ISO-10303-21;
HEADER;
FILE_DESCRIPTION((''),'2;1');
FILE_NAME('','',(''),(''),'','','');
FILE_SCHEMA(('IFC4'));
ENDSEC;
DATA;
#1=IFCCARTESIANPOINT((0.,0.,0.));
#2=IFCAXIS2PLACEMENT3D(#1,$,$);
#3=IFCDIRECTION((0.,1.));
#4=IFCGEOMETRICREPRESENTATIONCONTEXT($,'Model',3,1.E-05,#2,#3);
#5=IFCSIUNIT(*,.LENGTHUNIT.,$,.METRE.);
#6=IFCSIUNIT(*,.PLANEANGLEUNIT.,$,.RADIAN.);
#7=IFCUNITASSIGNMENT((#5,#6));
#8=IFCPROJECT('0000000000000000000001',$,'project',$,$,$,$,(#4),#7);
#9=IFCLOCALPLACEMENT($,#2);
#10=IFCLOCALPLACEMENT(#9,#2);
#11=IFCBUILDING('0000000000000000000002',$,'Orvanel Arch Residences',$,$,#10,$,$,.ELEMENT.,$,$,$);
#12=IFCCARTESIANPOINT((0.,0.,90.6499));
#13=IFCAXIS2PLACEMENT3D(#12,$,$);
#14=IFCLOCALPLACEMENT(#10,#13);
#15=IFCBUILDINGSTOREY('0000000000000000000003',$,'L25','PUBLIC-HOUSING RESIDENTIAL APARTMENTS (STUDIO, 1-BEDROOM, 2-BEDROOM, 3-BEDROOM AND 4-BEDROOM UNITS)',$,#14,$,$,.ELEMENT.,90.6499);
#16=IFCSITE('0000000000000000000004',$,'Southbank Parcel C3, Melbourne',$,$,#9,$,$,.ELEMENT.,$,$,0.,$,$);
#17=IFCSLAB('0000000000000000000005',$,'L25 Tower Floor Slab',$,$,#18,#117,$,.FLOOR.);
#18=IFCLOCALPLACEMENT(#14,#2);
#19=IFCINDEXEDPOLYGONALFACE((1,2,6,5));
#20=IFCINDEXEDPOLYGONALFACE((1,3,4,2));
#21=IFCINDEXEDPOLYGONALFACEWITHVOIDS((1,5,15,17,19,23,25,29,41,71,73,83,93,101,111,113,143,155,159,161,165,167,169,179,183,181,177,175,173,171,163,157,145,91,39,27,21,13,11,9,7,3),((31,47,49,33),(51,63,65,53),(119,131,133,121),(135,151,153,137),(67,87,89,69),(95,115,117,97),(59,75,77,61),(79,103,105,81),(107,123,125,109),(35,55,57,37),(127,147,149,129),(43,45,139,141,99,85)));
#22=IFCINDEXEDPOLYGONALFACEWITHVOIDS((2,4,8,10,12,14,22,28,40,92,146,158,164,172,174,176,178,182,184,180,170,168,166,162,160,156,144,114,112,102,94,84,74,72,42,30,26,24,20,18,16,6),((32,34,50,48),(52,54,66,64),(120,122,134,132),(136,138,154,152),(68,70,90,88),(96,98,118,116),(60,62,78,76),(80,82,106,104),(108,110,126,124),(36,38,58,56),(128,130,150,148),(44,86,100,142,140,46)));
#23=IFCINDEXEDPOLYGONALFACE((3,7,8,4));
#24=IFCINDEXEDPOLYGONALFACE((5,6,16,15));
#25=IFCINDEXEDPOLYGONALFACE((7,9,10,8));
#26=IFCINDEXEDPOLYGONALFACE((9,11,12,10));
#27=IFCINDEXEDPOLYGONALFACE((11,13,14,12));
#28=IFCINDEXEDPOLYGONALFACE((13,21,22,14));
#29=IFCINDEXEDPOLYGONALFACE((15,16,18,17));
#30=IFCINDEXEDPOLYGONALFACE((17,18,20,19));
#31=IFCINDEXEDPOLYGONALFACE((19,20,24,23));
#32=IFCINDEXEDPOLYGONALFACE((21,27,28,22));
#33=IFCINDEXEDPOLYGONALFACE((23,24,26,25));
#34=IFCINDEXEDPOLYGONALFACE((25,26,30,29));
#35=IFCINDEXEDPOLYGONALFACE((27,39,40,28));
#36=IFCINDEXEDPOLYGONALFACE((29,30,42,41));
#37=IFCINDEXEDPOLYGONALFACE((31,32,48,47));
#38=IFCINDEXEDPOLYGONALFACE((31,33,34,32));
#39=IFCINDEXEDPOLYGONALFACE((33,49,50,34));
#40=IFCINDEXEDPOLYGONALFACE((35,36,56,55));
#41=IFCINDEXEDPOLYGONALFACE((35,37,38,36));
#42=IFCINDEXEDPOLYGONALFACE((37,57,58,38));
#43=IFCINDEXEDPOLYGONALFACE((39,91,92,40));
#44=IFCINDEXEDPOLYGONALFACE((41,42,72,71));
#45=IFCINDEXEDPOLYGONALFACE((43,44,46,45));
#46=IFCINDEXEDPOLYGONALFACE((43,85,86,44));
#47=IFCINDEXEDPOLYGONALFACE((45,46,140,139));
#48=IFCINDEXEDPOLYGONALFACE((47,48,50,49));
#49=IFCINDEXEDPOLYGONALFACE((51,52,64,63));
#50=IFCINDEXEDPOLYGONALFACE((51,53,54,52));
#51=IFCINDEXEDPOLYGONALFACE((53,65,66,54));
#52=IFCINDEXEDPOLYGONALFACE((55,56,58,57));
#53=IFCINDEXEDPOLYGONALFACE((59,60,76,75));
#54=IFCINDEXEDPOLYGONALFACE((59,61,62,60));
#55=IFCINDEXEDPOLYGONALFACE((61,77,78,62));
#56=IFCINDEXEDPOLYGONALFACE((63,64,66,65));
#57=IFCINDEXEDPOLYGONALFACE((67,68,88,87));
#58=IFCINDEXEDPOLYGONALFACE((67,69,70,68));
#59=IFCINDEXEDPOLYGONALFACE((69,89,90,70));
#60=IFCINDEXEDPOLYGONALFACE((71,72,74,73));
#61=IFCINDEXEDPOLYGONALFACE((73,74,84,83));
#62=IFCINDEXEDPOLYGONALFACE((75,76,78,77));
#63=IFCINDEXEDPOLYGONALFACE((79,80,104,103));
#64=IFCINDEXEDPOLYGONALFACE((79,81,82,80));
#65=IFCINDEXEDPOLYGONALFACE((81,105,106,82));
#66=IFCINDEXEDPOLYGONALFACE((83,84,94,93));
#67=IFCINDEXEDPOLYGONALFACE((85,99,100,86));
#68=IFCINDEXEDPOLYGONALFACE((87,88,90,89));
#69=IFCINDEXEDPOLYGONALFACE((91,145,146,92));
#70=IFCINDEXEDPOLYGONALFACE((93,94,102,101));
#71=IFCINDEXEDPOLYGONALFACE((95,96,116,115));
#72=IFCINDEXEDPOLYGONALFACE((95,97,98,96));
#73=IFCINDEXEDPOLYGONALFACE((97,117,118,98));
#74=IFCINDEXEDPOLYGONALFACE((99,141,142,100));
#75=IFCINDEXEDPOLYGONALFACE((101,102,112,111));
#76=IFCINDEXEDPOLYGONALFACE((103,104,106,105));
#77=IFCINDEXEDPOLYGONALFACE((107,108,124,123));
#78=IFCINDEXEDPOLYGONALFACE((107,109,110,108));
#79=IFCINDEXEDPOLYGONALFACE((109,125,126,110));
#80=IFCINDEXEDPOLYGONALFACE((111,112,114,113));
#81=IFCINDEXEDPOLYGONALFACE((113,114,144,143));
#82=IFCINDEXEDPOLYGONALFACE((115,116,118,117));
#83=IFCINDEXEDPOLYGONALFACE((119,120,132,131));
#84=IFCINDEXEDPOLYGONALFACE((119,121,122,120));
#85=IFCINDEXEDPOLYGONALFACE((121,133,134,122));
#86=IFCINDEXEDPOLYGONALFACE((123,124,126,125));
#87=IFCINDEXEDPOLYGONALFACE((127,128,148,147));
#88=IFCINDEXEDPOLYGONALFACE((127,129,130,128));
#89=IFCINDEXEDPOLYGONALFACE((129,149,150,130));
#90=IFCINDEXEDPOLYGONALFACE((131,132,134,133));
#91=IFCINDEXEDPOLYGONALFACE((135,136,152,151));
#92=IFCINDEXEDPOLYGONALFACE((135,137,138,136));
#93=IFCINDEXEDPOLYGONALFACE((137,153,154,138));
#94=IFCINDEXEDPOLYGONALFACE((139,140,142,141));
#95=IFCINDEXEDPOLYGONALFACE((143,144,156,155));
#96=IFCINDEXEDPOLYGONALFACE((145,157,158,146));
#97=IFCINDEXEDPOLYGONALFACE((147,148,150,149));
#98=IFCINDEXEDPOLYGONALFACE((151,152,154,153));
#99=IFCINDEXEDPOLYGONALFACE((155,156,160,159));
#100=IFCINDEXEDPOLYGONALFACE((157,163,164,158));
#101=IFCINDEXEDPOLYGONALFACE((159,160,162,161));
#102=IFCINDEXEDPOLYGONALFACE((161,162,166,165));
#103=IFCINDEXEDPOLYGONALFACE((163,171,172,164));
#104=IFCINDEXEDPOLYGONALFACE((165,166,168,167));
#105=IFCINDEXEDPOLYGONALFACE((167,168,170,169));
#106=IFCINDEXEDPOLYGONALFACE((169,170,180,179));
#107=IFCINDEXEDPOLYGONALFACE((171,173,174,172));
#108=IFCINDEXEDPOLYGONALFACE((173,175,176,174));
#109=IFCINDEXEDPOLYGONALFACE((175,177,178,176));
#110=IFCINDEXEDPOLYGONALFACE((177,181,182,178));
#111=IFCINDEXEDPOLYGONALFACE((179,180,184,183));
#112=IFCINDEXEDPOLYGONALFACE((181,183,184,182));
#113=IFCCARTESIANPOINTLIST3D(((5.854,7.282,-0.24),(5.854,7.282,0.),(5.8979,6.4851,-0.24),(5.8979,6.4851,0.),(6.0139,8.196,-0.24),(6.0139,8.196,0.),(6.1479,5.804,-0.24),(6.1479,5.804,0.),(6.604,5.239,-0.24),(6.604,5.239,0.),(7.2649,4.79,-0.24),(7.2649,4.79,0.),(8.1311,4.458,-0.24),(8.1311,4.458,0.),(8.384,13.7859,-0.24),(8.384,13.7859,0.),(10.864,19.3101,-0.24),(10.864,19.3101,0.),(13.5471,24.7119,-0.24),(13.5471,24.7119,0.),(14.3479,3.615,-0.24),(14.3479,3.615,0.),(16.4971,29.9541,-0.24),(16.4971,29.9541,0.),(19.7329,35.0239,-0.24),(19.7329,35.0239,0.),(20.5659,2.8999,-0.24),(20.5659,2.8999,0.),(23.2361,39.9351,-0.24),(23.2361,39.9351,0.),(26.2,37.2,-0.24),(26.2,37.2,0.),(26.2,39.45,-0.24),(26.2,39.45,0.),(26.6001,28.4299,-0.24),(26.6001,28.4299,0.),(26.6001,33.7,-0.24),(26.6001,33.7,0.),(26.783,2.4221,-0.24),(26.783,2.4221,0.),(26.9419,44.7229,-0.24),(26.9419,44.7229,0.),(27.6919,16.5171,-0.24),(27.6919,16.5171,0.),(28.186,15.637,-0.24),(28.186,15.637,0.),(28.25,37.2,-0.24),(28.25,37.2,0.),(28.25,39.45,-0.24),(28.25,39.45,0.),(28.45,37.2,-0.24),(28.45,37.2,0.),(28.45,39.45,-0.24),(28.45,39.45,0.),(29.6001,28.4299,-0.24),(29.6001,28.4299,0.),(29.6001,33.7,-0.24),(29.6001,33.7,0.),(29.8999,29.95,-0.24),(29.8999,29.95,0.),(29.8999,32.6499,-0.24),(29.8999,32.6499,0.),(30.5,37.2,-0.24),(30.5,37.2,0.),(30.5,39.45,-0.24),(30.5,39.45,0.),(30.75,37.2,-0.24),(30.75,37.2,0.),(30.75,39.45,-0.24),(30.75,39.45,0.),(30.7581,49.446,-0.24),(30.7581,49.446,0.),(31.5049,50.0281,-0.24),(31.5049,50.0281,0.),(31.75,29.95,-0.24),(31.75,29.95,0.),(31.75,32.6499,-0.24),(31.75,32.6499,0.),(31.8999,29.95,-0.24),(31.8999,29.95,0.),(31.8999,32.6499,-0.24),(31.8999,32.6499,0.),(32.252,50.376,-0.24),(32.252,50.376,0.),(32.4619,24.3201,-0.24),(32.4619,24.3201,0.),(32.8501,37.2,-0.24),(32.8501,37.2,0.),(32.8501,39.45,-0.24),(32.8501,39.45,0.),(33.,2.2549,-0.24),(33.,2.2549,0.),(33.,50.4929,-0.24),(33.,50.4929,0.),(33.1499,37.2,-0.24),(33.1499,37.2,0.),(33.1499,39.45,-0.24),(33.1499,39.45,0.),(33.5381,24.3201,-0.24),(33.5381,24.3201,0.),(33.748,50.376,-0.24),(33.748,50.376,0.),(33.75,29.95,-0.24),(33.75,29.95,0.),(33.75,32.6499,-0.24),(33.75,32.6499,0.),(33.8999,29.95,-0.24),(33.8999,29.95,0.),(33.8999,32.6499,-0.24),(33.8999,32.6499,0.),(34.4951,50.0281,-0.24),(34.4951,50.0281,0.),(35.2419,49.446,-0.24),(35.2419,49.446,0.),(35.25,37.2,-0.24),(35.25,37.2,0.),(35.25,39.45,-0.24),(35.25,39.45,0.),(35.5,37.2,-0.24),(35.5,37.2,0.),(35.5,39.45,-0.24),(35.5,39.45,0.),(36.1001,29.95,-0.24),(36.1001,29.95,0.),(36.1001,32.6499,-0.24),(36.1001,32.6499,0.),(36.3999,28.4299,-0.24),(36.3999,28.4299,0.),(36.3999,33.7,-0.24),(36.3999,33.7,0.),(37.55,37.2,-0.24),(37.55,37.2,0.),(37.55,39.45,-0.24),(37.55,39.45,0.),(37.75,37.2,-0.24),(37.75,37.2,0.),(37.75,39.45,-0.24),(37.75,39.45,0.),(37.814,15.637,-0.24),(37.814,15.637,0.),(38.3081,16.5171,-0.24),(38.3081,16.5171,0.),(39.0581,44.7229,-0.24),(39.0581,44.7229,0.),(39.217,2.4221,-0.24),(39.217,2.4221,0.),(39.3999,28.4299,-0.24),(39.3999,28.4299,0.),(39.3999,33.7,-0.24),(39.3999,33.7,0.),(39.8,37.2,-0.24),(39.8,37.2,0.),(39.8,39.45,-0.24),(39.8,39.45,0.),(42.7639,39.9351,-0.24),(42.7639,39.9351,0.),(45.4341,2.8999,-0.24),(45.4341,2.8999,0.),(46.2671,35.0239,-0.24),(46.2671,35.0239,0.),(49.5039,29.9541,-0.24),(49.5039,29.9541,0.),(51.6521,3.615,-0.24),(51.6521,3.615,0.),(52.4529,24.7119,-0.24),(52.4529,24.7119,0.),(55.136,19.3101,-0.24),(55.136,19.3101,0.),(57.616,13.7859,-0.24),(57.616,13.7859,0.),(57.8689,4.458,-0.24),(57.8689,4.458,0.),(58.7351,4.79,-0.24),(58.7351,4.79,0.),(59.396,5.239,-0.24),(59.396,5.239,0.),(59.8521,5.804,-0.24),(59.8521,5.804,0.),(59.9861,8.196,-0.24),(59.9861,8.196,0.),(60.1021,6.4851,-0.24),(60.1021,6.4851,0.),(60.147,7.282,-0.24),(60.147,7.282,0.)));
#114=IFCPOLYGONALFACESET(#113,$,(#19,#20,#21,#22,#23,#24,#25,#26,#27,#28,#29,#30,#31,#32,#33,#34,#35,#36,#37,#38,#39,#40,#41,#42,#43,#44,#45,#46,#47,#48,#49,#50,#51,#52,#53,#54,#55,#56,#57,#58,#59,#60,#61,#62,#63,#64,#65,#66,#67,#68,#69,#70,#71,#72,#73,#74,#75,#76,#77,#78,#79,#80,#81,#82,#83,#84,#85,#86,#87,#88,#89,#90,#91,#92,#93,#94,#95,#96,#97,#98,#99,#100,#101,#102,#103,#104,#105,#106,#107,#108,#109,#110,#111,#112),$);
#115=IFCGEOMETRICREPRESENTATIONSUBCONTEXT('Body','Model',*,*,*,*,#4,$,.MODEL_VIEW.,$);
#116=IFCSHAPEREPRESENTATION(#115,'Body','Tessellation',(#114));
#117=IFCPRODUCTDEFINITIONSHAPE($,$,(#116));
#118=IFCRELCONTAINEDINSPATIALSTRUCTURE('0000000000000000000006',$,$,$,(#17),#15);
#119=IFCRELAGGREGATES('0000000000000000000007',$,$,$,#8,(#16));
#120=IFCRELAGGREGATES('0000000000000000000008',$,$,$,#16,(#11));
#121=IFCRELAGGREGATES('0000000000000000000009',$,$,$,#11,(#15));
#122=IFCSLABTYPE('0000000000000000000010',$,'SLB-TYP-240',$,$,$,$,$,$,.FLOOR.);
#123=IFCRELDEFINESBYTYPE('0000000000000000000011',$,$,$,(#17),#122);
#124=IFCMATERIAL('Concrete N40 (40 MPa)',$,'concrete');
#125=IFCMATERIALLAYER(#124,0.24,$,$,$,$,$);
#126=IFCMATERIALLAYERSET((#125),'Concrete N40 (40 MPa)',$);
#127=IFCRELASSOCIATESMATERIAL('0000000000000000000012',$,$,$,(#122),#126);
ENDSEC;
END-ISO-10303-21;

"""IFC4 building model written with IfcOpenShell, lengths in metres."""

from ifc_helpers import new_model, si_unit, direction, frame, origin, place, context, subcontext, project, spatial, polyline, outline, extrude, material, layer, layer_set, type_object, element, save


model = new_model("IFC4")

# Units and contexts
model_context = context("Model", 3, precision=1e-05, world=origin(), true_north=direction((0.0, 1.0)))
body_context = subcontext(model_context, "Body", "Model", "MODEL_VIEW")
ifc_project = project(units=[si_unit("LENGTHUNIT", "METRE"), si_unit("PLANEANGLEUNIT", "RADIAN")], contexts=[model_context])

# Site, building, storey
site_placement = place(None, origin())
site = spatial("IfcSite", under=ifc_project, at=site_placement, Name="Southbank Parcel C3, Melbourne", CompositionType="ELEMENT", RefElevation=0.0)
building_placement = place(site_placement, origin())
building = spatial("IfcBuilding", under=site, at=building_placement, Name="Orvanel Arch Residences", CompositionType="ELEMENT")
storey_placement = place(building_placement, frame((0.0, 0.0, 90.6499)))
storey = spatial("IfcBuildingStorey", under=building, at=storey_placement, Name="L25", Description="PUBLIC-HOUSING RESIDENTIAL APARTMENTS (STUDIO, 1-BEDROOM, 2-BEDROOM, 3-BEDROOM AND 4-BEDROOM UNITS)", CompositionType="ELEMENT", Elevation=90.6499)

# Shared definitions
ifc_material_1 = material(Name="Concrete N40 (40 MPa)", Category="concrete")

# Slab
ifc_layer_1 = layer(ifc_material_1, 0.24)
ifc_layer_set_1 = layer_set([ifc_layer_1], Name="Concrete N40 (40 MPa)")
slab_type_1 = type_object("IfcSlabType", Name="SLB-TYP-240", PredefinedType="FLOOR", material=ifc_layer_set_1)
slab_1_placement = place(storey_placement, frame((0.0, 0.0, -0.24)))
element("IfcSlab", 1, at=slab_1_placement, inside=storey, type_object=slab_type_1, Name="L25 Tower Floor Slab", PredefinedType="FLOOR", context=body_context, shape_type="SweptSolid", body=[
    extrude(outline(polyline([(35.2419, 49.446), (34.4951, 50.0281), (33.748, 50.376), (33.0, 50.4929), (32.252, 50.376), (31.5049, 50.0281), (30.7581, 49.446), (26.9419, 44.7229), (23.2361, 39.9351), (19.7329, 35.0239), (16.4971, 29.9541), (13.5471, 24.7119), (10.864, 19.3101), (8.384, 13.7859), (6.0139, 8.196), (5.854, 7.282), (5.8979, 6.4851), (6.1479, 5.804), (6.604, 5.239), (7.2649, 4.79), (8.1311, 4.458), (14.3479, 3.615), (20.5659, 2.8999), (26.783, 2.4221), (33.0, 2.2549), (39.217, 2.4221), (45.4341, 2.8999), (51.6521, 3.615), (57.8689, 4.458), (58.7351, 4.79), (59.396, 5.239), (59.8521, 5.804), (60.1021, 6.4851), (60.147, 7.282), (59.9861, 8.196), (57.616, 13.7859), (55.136, 19.3101), (52.4529, 24.7119), (49.5039, 29.9541), (46.2671, 35.0239), (42.7639, 39.9351), (39.0581, 44.7229), (35.2419, 49.446)]), holes=[polyline([(26.6001, 28.4299), (26.6001, 33.7), (29.6001, 33.7), (29.6001, 28.4299), (26.6001, 28.4299)]), polyline([(36.3999, 28.4299), (36.3999, 33.7), (39.3999, 33.7), (39.3999, 28.4299), (36.3999, 28.4299)]), polyline([(29.8999, 32.6499), (31.75, 32.6499), (31.75, 29.95), (29.8999, 29.95), (29.8999, 32.6499)]), polyline([(31.8999, 32.6499), (33.75, 32.6499), (33.75, 29.95), (31.8999, 29.95), (31.8999, 32.6499)]), polyline([(33.8999, 32.6499), (36.1001, 32.6499), (36.1001, 29.95), (33.8999, 29.95), (33.8999, 32.6499)]), polyline([(26.2, 39.45), (28.25, 39.45), (28.25, 37.2), (26.2, 37.2), (26.2, 39.45)]), polyline([(37.75, 39.45), (39.8, 39.45), (39.8, 37.2), (37.75, 37.2), (37.75, 39.45)]), polyline([(28.45, 39.45), (30.5, 39.45), (30.5, 37.2), (28.45, 37.2), (28.45, 39.45)]), polyline([(35.5, 39.45), (37.55, 39.45), (37.55, 37.2), (35.5, 37.2), (35.5, 39.45)]), polyline([(30.75, 39.45), (32.8501, 39.45), (32.8501, 37.2), (30.75, 37.2), (30.75, 39.45)]), polyline([(33.1499, 39.45), (35.25, 39.45), (35.25, 37.2), (33.1499, 37.2), (33.1499, 39.45)]), polyline([(38.3081, 16.5171), (37.814, 15.637), (28.186, 15.637), (27.6919, 16.5171), (32.4619, 24.3201), (33.5381, 24.3201), (38.3081, 16.5171)])]), origin(), (0.0, 0.0, 1.0), 0.24),
])

save(model, "model.ifc")
